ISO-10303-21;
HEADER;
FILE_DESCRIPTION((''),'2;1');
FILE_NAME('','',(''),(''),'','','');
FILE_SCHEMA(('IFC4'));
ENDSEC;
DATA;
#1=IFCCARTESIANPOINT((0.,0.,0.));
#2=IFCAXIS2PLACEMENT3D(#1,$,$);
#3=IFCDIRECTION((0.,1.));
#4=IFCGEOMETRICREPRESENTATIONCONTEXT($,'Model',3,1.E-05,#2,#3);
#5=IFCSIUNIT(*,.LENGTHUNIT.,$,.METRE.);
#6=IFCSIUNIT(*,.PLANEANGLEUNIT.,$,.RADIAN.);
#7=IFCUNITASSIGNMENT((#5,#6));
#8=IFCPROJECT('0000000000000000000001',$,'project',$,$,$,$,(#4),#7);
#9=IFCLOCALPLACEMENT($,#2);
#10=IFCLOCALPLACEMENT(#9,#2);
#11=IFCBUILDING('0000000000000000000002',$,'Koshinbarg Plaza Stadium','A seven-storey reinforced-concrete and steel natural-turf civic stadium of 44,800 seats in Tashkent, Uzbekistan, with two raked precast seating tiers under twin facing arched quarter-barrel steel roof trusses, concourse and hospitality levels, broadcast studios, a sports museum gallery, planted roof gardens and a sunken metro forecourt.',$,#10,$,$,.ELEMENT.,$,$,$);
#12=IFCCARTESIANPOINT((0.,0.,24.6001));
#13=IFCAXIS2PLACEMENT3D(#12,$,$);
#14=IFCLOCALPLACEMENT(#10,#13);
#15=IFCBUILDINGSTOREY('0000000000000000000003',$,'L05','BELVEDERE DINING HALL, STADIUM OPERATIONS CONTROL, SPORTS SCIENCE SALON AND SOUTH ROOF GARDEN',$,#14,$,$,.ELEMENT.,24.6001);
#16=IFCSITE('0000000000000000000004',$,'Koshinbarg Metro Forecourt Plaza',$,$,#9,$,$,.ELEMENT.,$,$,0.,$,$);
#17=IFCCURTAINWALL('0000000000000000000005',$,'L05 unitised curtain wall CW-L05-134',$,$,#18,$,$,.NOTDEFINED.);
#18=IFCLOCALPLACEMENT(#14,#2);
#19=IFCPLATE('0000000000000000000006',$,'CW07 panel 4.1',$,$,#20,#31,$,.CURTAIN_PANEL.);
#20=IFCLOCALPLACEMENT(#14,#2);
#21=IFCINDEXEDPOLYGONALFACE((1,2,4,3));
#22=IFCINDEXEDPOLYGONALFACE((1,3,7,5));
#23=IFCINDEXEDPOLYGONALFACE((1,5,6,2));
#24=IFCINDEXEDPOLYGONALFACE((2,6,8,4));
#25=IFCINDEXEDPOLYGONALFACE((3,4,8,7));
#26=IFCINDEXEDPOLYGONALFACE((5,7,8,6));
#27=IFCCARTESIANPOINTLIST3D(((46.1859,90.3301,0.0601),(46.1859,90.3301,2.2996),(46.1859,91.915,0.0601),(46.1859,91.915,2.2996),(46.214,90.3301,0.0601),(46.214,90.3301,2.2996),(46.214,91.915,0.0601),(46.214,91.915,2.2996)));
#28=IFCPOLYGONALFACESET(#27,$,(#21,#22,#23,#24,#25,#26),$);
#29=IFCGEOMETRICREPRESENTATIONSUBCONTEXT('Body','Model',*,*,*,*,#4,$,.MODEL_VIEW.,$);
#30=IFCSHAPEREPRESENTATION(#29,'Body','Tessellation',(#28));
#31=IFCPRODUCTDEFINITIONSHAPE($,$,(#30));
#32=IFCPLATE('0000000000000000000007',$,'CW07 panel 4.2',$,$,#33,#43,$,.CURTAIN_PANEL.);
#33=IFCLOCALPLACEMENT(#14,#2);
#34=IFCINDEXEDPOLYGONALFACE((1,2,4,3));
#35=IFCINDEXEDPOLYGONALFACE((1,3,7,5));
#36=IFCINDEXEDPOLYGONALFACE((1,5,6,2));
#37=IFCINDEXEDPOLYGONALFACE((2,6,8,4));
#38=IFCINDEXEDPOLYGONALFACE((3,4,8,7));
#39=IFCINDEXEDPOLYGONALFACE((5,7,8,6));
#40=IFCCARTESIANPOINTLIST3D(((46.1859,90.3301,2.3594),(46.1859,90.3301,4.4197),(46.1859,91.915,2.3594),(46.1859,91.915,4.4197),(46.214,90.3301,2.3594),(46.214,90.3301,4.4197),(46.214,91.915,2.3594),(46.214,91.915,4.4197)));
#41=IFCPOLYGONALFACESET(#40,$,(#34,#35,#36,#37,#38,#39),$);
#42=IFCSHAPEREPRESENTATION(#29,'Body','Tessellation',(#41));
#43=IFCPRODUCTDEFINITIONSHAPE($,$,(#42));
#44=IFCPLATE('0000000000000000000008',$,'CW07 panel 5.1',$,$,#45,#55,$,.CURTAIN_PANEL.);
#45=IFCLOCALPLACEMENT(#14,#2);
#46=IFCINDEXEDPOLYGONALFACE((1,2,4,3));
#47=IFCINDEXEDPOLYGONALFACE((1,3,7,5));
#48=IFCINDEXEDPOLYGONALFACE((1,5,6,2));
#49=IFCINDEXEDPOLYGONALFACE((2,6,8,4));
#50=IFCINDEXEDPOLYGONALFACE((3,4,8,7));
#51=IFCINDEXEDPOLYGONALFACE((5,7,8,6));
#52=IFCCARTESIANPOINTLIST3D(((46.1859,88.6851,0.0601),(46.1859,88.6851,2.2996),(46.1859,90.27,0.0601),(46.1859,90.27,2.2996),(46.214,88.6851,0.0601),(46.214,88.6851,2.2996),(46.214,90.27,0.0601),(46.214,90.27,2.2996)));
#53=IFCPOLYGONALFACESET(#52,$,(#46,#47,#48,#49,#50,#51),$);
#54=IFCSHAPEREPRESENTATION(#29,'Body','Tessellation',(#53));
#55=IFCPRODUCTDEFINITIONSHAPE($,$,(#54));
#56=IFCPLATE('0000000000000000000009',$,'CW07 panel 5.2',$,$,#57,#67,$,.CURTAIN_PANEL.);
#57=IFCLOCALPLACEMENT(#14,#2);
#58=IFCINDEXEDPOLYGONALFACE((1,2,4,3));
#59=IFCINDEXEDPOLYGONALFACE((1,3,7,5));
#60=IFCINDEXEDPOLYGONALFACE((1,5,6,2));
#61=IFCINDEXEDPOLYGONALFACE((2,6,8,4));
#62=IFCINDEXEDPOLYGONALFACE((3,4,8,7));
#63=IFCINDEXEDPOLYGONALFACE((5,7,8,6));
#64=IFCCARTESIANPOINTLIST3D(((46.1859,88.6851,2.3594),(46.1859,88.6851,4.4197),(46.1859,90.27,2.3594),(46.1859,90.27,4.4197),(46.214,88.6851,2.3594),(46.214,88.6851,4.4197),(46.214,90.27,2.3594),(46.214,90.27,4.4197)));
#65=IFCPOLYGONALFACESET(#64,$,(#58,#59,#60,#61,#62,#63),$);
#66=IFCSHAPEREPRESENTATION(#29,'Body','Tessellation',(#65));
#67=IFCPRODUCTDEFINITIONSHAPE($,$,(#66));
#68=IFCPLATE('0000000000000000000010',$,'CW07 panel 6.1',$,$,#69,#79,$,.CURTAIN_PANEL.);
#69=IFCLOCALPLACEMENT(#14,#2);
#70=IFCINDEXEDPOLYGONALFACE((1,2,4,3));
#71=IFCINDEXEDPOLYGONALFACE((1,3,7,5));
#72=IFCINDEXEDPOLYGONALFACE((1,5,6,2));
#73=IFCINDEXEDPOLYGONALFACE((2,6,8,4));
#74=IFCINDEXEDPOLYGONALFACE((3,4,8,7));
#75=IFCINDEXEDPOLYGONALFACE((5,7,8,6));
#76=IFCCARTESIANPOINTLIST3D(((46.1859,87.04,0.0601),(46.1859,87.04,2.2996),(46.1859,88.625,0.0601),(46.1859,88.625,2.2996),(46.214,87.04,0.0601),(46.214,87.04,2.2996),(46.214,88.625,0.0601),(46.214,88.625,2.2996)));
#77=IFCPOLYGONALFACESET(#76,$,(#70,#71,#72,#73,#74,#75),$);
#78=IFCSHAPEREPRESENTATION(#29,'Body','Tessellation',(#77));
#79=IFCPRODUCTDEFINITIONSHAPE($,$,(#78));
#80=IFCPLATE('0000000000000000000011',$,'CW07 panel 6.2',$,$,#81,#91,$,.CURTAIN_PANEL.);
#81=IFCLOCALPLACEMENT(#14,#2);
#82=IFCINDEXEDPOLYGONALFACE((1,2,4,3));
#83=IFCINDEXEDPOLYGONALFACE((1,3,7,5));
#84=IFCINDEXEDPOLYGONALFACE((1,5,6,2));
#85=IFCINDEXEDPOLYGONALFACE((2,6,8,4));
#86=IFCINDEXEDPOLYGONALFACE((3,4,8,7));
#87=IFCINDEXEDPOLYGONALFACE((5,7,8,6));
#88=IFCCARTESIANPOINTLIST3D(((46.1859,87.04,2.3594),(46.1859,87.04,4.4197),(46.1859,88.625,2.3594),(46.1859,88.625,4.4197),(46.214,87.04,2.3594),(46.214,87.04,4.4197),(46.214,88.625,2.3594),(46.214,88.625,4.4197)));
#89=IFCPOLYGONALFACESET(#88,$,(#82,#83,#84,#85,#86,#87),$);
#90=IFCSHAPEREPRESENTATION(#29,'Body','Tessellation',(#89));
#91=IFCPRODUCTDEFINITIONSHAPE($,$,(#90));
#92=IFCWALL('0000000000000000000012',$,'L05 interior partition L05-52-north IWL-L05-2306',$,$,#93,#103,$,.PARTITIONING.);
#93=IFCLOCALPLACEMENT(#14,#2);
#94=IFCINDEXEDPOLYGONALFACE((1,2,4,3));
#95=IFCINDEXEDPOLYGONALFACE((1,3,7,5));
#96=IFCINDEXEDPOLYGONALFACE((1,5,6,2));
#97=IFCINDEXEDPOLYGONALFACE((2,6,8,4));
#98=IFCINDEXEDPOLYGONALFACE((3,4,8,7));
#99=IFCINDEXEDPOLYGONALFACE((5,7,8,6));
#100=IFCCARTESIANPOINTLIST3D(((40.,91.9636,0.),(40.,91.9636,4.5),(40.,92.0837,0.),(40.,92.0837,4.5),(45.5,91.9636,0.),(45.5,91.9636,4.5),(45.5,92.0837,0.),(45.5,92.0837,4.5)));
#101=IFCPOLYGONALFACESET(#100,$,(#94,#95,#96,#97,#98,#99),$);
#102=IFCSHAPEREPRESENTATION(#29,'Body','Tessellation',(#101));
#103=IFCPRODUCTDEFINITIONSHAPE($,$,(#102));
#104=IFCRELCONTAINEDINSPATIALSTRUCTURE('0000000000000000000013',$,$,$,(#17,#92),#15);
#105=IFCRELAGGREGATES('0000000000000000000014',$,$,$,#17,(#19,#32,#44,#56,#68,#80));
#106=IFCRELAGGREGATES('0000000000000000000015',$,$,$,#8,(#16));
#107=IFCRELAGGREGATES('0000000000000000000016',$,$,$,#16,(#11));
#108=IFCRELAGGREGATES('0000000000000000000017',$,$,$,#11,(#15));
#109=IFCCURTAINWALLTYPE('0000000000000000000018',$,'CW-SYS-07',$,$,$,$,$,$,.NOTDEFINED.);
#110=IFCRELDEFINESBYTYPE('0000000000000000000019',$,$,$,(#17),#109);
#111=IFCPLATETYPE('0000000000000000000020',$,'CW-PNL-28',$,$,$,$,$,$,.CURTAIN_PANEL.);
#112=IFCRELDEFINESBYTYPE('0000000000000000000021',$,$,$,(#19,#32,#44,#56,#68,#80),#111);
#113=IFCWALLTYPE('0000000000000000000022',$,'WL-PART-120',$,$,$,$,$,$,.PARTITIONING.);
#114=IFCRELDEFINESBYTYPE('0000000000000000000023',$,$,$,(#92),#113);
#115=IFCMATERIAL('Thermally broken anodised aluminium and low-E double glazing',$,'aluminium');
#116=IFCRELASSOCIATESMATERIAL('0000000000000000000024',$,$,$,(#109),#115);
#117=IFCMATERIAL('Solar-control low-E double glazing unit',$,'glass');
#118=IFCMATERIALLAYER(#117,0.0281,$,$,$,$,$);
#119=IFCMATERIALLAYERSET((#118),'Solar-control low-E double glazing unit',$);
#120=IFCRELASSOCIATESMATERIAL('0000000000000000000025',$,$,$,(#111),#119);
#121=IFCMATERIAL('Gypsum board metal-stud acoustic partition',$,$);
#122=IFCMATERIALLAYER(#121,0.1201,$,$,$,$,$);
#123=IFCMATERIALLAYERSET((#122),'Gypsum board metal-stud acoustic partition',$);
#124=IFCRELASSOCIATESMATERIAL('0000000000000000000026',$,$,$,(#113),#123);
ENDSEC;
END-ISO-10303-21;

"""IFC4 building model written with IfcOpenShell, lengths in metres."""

from ifc_helpers import new_model, si_unit, direction, frame, frame_2d, origin, origin_2d, place, context, subcontext, project, spatial, rectangle, extrude, material, layer, layer_set, type_object, element, aggregate, save


model = new_model("IFC4")

# Units and contexts
model_context = context("Model", 3, precision=1e-05, world=origin(), true_north=direction((0.0, 1.0)))
body_context = subcontext(model_context, "Body", "Model", "MODEL_VIEW")
ifc_project = project(units=[si_unit("LENGTHUNIT", "METRE"), si_unit("PLANEANGLEUNIT", "RADIAN")], contexts=[model_context])

# Site, building, storey
site_placement = place(None, origin())
site = spatial("IfcSite", under=ifc_project, at=site_placement, Name="Koshinbarg Metro Forecourt Plaza", CompositionType="ELEMENT", RefElevation=0.0)
building_placement = place(site_placement, origin())
building = spatial("IfcBuilding", under=site, at=building_placement, Name="Koshinbarg Plaza Stadium", Description="A seven-storey reinforced-concrete and steel natural-turf civic stadium of 44,800 seats in Tashkent, Uzbekistan, with two raked precast seating tiers under twin facing arched quarter-barrel steel roof trusses, concourse and hospitality levels, broadcast studios, a sports museum gallery, planted roof gardens and a sunken metro forecourt.", CompositionType="ELEMENT")
storey_placement = place(building_placement, frame((0.0, 0.0, 24.6001)))
storey = spatial("IfcBuildingStorey", under=building, at=storey_placement, Name="L05", Description="BELVEDERE DINING HALL, STADIUM OPERATIONS CONTROL, SPORTS SCIENCE SALON AND SOUTH ROOF GARDEN", CompositionType="ELEMENT", Elevation=24.6001)

# Curtain wall, plates
ifc_material_1 = material(Name="Thermally broken anodised aluminium and low-E double glazing", Category="aluminium")
curtain_wall_type = type_object("IfcCurtainWallType", Name="CW-SYS-07", PredefinedType="NOTDEFINED", material=ifc_material_1)
curtain_wall_placement = place(storey_placement, origin())
curtain_wall = element("IfcCurtainWall", 1, at=curtain_wall_placement, inside=storey, type_object=curtain_wall_type, Name="L05 unitised curtain wall CW-L05-134", PredefinedType="NOTDEFINED")
ifc_material_2 = material(Name="Solar-control low-E double glazing unit", Category="glass")
ifc_layer_1 = layer(ifc_material_2, 0.0281)
ifc_layer_set_1 = layer_set([ifc_layer_1], Name="Solar-control low-E double glazing unit")
plate_type = type_object("IfcPlateType", Name="CW-PNL-28", PredefinedType="CURTAIN_PANEL", material=ifc_layer_set_1)
plate_1_placement = place(storey_placement, frame((46.2, 91.1226, 0.0601), z_axis=(0.0, 0.0, 1.0), x_axis=(0.0, -1.0, 0.0)))
plate_1 = element("IfcPlate", 2, at=plate_1_placement, type_object=plate_type, Name="CW07 panel 4.1", PredefinedType="CURTAIN_PANEL", context=body_context, shape_type="SweptSolid", body=[
    extrude(rectangle(XDim=1.585, YDim=0.0281, at=origin_2d()), origin(), (0.0, 0.0, 1.0), 2.2395),
])
plate_2_placement = place(storey_placement, frame((46.2, 91.1226, 2.3594), z_axis=(0.0, 0.0, 1.0), x_axis=(0.0, -1.0, 0.0)))
plate_2 = element("IfcPlate", 3, at=plate_2_placement, type_object=plate_type, Name="CW07 panel 4.2", PredefinedType="CURTAIN_PANEL", context=body_context, shape_type="SweptSolid", body=[
    extrude(rectangle(XDim=1.585, YDim=0.0281, at=origin_2d()), origin(), (0.0, 0.0, 1.0), 2.0603),
])
plate_3_placement = place(storey_placement, frame((46.2, 89.4775, 0.0601), z_axis=(0.0, 0.0, 1.0), x_axis=(0.0, -1.0, 0.0)))
plate_3 = element("IfcPlate", 4, at=plate_3_placement, type_object=plate_type, Name="CW07 panel 5.1", PredefinedType="CURTAIN_PANEL", context=body_context, shape_type="SweptSolid", body=[
    extrude(rectangle(XDim=1.585, YDim=0.0281, at=origin_2d()), origin(), (0.0, 0.0, 1.0), 2.2395),
])
plate_4_placement = place(storey_placement, frame((46.2, 89.4775, 2.3594), z_axis=(0.0, 0.0, 1.0), x_axis=(0.0, -1.0, 0.0)))
plate_4 = element("IfcPlate", 5, at=plate_4_placement, type_object=plate_type, Name="CW07 panel 5.2", PredefinedType="CURTAIN_PANEL", context=body_context, shape_type="SweptSolid", body=[
    extrude(rectangle(XDim=1.585, YDim=0.0281, at=origin_2d()), origin(), (0.0, 0.0, 1.0), 2.0603),
])
plate_5_placement = place(storey_placement, frame((46.2, 87.8325, 0.0601), z_axis=(0.0, 0.0, 1.0), x_axis=(0.0, -1.0, 0.0)))
plate_5 = element("IfcPlate", 6, at=plate_5_placement, type_object=plate_type, Name="CW07 panel 6.1", PredefinedType="CURTAIN_PANEL", context=body_context, shape_type="SweptSolid", body=[
    extrude(rectangle(XDim=1.585, YDim=0.0281, at=origin_2d()), origin(), (0.0, 0.0, 1.0), 2.2395),
])
plate_6_placement = place(storey_placement, frame((46.2, 87.8325, 2.3594), z_axis=(0.0, 0.0, 1.0), x_axis=(0.0, -1.0, 0.0)))
plate_6 = element("IfcPlate", 7, at=plate_6_placement, type_object=plate_type, Name="CW07 panel 6.2", PredefinedType="CURTAIN_PANEL", context=body_context, shape_type="SweptSolid", body=[
    extrude(rectangle(XDim=1.585, YDim=0.0281, at=origin_2d()), origin(), (0.0, 0.0, 1.0), 2.0603),
])
aggregate(curtain_wall, [plate_1, plate_2, plate_3, plate_4, plate_5, plate_6])

# Wall
ifc_material_3 = material(Name="Gypsum board metal-stud acoustic partition")
ifc_layer_2 = layer(ifc_material_3, 0.1201)
ifc_layer_set_2 = layer_set([ifc_layer_2], Name="Gypsum board metal-stud acoustic partition")
wall_type = type_object("IfcWallType", Name="WL-PART-120", PredefinedType="PARTITIONING", material=ifc_layer_set_2)
wall_placement = place(storey_placement, frame((45.5, 92.0237, 0.0), z_axis=(0.0, 0.0, 1.0), x_axis=(-1.0, 0.0, 0.0)))
element("IfcWall", 8, at=wall_placement, inside=storey, type_object=wall_type, Name="L05 interior partition L05-52-north IWL-L05-2306", PredefinedType="PARTITIONING", context=body_context, shape_type="SweptSolid", body=[
    extrude(rectangle(XDim=5.5, YDim=0.1201, at=frame_2d((2.75, 0.0))), origin(), (0.0, 0.0, 1.0), 4.5),
])

save(model, "model.ifc")
